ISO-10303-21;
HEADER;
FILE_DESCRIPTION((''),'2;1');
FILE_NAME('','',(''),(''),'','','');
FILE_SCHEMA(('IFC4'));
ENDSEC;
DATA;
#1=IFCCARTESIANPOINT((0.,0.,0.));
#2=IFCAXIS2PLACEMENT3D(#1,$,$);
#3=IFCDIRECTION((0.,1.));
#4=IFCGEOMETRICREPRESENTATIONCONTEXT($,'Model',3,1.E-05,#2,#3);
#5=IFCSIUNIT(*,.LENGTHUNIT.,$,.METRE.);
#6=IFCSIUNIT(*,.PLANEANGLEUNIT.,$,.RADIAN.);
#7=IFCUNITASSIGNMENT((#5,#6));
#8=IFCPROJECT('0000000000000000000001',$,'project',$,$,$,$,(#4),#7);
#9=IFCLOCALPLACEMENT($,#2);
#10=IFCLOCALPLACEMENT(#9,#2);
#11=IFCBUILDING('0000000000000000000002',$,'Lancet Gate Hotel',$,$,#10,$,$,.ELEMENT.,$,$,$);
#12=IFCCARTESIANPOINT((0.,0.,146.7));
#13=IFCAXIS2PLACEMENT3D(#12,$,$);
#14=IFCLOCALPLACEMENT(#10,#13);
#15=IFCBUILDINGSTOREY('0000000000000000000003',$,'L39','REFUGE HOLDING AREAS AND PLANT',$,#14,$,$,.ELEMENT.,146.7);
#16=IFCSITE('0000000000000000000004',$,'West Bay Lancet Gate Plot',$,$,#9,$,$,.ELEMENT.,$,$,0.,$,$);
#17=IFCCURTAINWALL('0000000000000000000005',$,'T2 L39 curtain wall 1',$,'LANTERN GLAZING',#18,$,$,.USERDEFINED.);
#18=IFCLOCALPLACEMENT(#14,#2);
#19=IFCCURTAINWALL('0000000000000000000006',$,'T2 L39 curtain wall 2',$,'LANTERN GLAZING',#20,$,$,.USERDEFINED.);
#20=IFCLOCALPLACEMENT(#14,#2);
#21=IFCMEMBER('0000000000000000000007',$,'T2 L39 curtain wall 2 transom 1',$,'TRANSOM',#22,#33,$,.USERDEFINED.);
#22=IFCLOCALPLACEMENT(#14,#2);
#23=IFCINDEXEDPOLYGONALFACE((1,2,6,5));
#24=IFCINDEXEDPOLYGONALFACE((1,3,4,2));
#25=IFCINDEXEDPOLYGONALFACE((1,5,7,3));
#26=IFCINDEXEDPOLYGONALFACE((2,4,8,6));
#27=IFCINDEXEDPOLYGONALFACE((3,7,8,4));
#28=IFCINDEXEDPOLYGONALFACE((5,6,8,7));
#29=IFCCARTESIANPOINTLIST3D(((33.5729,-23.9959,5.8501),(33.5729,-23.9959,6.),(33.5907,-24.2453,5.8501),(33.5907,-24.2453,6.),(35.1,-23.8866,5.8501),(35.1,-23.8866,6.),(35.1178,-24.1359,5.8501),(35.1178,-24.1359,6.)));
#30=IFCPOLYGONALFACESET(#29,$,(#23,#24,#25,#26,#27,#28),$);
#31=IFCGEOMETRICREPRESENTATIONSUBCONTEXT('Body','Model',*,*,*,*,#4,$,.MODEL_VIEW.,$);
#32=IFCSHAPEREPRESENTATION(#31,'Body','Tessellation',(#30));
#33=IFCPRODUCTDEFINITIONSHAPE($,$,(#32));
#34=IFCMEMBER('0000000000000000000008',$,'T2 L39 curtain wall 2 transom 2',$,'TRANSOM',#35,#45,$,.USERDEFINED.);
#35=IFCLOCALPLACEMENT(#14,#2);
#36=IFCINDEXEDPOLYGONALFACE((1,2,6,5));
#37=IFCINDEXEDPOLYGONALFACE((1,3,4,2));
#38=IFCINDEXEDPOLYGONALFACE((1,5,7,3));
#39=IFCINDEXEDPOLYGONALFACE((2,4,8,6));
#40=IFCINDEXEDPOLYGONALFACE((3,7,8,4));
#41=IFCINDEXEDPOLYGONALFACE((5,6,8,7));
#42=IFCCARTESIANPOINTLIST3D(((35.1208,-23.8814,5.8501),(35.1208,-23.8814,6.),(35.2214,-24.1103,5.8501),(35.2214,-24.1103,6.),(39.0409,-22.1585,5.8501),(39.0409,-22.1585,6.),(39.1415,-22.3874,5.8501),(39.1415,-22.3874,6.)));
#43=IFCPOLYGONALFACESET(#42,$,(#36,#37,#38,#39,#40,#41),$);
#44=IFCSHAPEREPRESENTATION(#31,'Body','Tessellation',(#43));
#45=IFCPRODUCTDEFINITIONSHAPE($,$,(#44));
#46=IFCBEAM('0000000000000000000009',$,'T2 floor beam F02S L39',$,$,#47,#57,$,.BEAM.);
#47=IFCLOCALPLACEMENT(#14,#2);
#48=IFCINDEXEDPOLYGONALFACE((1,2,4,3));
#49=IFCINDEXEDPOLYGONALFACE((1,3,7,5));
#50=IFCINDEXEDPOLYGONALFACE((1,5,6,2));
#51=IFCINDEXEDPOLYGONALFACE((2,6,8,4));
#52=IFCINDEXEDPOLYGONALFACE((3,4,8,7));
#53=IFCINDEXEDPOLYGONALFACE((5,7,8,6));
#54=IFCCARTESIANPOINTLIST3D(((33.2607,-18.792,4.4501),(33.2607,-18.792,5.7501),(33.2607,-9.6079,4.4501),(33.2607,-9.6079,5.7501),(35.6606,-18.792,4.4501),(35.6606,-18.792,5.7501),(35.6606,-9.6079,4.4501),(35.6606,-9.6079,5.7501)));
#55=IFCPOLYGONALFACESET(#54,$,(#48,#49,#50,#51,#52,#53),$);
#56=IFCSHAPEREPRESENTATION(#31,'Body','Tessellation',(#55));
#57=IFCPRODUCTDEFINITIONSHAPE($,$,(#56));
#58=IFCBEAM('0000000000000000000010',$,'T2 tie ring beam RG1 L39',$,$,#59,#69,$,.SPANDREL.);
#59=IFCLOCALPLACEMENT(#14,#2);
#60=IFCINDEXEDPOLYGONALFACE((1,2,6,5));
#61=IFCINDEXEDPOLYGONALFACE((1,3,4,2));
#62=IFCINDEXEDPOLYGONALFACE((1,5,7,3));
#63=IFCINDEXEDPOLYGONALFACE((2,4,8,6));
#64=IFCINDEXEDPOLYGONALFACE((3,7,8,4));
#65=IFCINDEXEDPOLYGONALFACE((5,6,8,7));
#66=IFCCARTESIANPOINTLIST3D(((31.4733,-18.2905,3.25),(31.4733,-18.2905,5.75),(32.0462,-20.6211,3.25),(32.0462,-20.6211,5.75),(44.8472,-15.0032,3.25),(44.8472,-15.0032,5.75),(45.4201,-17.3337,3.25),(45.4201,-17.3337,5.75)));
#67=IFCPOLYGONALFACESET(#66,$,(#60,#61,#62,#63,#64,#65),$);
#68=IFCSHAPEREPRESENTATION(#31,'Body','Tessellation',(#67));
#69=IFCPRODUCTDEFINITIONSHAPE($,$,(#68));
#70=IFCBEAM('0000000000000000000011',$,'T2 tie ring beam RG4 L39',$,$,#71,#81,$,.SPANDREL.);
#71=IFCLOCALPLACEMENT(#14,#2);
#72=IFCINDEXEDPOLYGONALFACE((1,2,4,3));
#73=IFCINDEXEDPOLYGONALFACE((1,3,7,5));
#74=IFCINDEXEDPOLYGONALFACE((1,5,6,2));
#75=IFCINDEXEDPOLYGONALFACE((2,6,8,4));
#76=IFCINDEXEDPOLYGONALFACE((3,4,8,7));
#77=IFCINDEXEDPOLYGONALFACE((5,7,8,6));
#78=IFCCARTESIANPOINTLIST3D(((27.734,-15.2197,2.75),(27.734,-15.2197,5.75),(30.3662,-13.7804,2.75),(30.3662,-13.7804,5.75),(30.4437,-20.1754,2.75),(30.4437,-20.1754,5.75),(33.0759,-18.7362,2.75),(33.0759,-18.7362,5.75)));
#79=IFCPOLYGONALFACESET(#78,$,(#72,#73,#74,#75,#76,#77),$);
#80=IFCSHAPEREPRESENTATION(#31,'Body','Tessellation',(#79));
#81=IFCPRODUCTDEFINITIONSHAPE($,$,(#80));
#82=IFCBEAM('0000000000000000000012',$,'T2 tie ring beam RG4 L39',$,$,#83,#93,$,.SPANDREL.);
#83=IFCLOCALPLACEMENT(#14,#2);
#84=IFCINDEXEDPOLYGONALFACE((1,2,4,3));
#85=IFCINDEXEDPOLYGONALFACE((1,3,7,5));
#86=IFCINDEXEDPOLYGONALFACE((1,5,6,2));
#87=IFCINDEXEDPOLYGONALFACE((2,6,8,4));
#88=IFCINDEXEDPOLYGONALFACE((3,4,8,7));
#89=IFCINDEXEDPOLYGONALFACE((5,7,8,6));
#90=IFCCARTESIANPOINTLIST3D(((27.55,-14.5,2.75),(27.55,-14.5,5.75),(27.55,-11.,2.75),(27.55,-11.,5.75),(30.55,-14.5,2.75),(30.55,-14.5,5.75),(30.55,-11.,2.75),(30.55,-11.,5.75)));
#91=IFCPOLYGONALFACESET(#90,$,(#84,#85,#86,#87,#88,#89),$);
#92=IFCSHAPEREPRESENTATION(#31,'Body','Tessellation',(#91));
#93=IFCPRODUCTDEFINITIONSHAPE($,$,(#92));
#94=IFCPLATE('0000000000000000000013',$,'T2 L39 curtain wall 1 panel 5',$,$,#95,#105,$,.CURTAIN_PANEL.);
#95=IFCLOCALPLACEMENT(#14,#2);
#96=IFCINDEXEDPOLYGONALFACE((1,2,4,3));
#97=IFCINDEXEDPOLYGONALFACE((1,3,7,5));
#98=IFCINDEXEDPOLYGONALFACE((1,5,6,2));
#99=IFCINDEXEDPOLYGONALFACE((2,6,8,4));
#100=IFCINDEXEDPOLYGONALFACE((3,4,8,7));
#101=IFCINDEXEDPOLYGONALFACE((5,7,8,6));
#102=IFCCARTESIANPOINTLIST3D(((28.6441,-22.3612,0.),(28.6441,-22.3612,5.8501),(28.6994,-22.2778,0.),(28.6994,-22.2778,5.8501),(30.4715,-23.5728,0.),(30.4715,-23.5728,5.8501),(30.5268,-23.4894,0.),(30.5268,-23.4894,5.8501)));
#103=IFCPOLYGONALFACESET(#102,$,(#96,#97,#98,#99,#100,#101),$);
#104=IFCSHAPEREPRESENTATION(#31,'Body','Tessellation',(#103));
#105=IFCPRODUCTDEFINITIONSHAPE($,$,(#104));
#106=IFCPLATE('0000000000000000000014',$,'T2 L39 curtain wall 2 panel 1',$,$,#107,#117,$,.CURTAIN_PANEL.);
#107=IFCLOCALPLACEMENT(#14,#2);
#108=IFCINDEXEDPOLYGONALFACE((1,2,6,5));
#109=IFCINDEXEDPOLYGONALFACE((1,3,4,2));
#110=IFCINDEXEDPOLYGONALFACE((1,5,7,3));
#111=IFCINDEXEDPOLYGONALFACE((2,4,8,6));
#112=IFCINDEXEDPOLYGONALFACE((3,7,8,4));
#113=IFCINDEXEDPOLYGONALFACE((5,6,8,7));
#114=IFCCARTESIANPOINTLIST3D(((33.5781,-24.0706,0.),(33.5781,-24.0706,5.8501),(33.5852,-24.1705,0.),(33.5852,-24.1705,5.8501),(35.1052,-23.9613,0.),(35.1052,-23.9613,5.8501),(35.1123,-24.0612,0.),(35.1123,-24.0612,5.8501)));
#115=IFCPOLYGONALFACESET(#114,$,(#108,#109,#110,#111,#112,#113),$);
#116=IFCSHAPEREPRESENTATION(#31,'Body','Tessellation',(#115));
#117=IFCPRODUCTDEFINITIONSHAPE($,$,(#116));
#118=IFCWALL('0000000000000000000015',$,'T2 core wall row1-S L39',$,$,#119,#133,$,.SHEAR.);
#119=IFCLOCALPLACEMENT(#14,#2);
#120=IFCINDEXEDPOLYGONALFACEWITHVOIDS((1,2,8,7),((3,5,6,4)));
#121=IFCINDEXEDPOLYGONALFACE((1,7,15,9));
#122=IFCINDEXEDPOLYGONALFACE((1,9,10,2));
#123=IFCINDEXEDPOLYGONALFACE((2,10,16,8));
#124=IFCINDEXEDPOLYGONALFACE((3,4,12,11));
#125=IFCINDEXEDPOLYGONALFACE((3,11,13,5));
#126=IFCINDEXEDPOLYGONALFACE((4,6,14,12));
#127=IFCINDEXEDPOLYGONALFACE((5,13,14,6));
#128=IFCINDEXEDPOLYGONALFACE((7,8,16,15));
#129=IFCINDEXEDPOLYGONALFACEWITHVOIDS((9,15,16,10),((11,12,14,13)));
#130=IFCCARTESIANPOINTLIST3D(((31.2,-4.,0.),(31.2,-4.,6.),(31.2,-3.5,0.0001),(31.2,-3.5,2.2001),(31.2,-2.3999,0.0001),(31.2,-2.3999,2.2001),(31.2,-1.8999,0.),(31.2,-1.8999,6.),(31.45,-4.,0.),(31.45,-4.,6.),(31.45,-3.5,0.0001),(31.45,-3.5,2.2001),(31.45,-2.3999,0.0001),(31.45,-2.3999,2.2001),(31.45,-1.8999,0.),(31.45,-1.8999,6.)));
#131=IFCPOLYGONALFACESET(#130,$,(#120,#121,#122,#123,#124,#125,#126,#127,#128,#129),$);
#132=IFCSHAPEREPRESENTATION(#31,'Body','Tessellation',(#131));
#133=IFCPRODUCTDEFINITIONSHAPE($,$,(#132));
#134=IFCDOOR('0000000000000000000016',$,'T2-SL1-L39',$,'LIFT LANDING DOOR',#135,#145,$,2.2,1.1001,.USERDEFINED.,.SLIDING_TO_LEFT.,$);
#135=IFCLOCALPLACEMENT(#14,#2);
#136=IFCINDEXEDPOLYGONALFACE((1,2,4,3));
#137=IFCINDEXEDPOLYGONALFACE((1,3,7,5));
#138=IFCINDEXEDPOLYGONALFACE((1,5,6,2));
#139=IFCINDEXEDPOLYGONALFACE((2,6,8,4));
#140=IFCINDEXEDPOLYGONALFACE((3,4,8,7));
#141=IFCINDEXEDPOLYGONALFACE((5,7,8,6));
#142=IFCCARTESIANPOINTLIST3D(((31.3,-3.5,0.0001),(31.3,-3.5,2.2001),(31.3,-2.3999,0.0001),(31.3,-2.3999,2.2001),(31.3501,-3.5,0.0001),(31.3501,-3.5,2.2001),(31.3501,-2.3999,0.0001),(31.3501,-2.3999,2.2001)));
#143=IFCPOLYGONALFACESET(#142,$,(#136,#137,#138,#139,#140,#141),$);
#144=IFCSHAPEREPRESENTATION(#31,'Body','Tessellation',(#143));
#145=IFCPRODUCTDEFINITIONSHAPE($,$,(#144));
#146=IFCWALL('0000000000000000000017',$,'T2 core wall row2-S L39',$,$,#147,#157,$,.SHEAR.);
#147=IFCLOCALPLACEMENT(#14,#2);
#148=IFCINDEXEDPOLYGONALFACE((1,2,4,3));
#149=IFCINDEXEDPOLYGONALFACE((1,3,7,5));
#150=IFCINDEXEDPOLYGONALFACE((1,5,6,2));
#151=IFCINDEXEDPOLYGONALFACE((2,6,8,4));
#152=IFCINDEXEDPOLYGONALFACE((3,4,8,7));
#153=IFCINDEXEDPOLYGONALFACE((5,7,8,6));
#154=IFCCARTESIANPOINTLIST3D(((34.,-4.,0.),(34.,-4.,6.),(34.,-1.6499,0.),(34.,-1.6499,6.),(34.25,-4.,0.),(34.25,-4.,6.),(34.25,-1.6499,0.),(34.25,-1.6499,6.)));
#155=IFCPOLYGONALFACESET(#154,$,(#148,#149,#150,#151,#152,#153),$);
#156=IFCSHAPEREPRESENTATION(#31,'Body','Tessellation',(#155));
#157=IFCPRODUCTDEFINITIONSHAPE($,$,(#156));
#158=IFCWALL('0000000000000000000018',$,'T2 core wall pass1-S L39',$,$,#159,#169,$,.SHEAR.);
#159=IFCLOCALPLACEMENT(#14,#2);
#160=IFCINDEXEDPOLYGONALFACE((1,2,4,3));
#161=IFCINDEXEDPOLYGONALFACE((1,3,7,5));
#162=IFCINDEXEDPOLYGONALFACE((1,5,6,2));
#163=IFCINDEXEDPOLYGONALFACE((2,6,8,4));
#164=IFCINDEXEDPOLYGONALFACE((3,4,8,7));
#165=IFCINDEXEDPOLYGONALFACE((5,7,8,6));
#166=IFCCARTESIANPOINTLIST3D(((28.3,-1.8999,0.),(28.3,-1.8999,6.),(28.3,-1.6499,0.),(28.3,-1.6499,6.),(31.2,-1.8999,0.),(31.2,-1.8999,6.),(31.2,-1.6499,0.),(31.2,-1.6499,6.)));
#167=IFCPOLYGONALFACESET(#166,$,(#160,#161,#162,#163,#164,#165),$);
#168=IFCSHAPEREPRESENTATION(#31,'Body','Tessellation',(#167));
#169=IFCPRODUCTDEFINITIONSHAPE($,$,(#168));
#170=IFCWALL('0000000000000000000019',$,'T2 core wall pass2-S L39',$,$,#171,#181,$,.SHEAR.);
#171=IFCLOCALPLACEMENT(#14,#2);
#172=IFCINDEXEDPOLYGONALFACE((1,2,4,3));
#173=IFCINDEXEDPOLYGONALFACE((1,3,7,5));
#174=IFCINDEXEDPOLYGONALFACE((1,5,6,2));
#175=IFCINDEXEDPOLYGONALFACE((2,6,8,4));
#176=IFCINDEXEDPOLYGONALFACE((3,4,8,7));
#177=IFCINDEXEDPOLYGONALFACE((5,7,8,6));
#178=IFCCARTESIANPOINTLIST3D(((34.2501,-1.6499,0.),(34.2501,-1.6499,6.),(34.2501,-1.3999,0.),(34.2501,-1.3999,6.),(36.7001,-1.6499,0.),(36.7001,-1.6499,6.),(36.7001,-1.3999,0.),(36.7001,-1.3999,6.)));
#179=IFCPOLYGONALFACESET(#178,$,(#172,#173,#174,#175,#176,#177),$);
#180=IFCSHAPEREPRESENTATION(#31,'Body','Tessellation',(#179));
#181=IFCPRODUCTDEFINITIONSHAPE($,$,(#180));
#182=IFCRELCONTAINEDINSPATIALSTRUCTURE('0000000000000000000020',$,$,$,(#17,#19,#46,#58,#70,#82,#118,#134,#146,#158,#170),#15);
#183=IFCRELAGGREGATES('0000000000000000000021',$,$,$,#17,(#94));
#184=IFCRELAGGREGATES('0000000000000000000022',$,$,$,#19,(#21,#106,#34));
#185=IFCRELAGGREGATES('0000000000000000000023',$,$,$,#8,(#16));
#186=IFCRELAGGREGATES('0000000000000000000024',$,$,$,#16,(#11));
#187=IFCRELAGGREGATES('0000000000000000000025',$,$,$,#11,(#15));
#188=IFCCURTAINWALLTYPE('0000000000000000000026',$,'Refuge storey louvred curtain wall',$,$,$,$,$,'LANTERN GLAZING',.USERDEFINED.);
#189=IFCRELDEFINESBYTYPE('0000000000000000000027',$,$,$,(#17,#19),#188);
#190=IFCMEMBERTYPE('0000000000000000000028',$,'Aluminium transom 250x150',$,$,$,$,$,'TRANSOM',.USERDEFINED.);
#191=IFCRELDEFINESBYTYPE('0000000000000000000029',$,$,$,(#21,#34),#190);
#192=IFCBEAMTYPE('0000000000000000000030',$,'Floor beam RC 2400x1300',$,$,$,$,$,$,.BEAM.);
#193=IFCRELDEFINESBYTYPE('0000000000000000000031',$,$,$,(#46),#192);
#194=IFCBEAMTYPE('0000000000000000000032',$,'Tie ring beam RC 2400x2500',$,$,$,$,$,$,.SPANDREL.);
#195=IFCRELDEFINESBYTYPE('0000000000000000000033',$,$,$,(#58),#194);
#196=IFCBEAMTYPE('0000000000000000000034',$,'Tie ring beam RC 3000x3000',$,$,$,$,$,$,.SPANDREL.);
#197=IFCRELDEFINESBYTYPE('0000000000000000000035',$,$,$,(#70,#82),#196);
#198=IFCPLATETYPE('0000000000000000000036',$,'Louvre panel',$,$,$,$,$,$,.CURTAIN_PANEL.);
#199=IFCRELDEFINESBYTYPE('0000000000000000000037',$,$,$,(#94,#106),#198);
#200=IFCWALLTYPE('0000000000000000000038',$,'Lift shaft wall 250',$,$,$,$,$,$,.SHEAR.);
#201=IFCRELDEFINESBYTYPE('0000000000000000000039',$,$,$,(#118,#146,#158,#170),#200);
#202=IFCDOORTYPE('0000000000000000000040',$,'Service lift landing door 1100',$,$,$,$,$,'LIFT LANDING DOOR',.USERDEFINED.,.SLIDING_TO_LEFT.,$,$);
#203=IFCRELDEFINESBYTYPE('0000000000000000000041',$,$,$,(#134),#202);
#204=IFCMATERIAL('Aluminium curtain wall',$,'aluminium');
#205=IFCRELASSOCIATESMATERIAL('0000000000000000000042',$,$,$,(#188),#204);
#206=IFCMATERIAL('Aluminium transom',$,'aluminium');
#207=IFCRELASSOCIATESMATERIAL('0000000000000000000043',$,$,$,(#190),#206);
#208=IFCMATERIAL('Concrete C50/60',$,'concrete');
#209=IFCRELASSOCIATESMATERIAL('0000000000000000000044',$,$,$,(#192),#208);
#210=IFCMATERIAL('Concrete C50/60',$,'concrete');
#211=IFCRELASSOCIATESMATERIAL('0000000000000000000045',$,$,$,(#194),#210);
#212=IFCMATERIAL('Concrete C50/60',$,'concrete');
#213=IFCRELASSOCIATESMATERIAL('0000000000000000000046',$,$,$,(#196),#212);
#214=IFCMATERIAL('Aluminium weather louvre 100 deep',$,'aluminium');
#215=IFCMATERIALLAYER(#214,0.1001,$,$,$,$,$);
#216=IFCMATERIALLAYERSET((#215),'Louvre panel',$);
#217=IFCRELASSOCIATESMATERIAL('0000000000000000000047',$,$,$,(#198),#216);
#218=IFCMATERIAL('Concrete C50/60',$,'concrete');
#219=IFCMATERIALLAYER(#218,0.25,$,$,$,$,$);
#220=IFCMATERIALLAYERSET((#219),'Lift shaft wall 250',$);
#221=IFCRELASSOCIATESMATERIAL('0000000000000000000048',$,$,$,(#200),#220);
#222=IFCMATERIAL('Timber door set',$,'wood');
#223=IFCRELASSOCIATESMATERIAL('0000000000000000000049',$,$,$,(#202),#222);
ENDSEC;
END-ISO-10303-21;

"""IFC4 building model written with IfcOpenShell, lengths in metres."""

from ifc_helpers import new_model, si_unit, direction, frame, frame_2d, origin, origin_2d, place, context, subcontext, project, spatial, rectangle, extrude, material, layer, layer_set, material_profile, profile_set, type_object, element, fill, aggregate, save


model = new_model("IFC4")

# Units and contexts
model_context = context("Model", 3, precision=1e-05, world=origin(), true_north=direction((0.0, 1.0)))
body_context = subcontext(model_context, "Body", "Model", "MODEL_VIEW")
ifc_project = project(units=[si_unit("LENGTHUNIT", "METRE"), si_unit("PLANEANGLEUNIT", "RADIAN")], contexts=[model_context])

# Site, building, storey
site_placement = place(None, origin())
site = spatial("IfcSite", under=ifc_project, at=site_placement, Name="West Bay Lancet Gate Plot", CompositionType="ELEMENT", RefElevation=0.0)
building_placement = place(site_placement, origin())
building = spatial("IfcBuilding", under=site, at=building_placement, Name="Lancet Gate Hotel", CompositionType="ELEMENT")
storey_placement = place(building_placement, frame((0.0, 0.0, 146.7)))
storey = spatial("IfcBuildingStorey", under=building, at=storey_placement, Name="L39", Description="REFUGE HOLDING AREAS AND PLANT", CompositionType="ELEMENT", Elevation=146.7)

# Curtain walls
ifc_material_1 = material(Name="Aluminium curtain wall", Category="aluminium")
curtain_wall_type = type_object("IfcCurtainWallType", Name="Refuge storey louvred curtain wall", ElementType="LANTERN GLAZING", PredefinedType="USERDEFINED", material=ifc_material_1)
curtain_wall_1_placement = place(storey_placement, origin())
curtain_wall_1 = element("IfcCurtainWall", 1, at=curtain_wall_1_placement, inside=storey, type_object=curtain_wall_type, Name="T2 L39 curtain wall 1", ObjectType="LANTERN GLAZING", PredefinedType="USERDEFINED")
curtain_wall_2_placement = place(storey_placement, origin())
curtain_wall_2 = element("IfcCurtainWall", 2, at=curtain_wall_2_placement, inside=storey, type_object=curtain_wall_type, Name="T2 L39 curtain wall 2", ObjectType="LANTERN GLAZING", PredefinedType="USERDEFINED")

# Members
ifc_material_2 = material(Name="Aluminium transom", Category="aluminium")
ifc_material_profile_1 = material_profile(ifc_material_2, rectangle(XDim=0.25, YDim=0.1499, at=origin_2d()), Name="TRANSOM 250x150")
ifc_profile_set_1 = profile_set([ifc_material_profile_1], Name="Aluminium transom")
member_type_1 = type_object("IfcMemberType", Name="Aluminium transom 250x150", ElementType="TRANSOM", PredefinedType="USERDEFINED", material=ifc_profile_set_1)
member_1_placement = place(storey_placement, frame((33.5818, -24.1206, 5.925), z_axis=(0.997445, 0.07144, 0.0), x_axis=(-0.07144, 0.997445, 0.0)))
member_1 = element("IfcMember", 3, at=member_1_placement, type_object=member_type_1, Name="T2 L39 curtain wall 2 transom 1", ObjectType="TRANSOM", PredefinedType="USERDEFINED", context=body_context, shape_type="SweptSolid", body=[
    extrude(rectangle(XDim=0.25, YDim=0.1499, at=origin_2d()), origin(), (0.0, 0.0, 1.0), 1.531),
])
member_2_placement = place(storey_placement, frame((35.1711, -23.9958, 5.925), z_axis=(0.915485, 0.402353, 0.0), x_axis=(-0.402353, 0.915485, 0.0)))
member_2 = element("IfcMember", 4, at=member_2_placement, type_object=member_type_1, Name="T2 L39 curtain wall 2 transom 2", ObjectType="TRANSOM", PredefinedType="USERDEFINED", context=body_context, shape_type="SweptSolid", body=[
    extrude(rectangle(XDim=0.25, YDim=0.1499, at=origin_2d()), origin(), (0.0, 0.0, 1.0), 4.282),
])

# Beams
ifc_material_3 = material(Name="Concrete C50/60", Category="concrete")
ifc_material_profile_2 = material_profile(ifc_material_3, rectangle(XDim=2.3999, YDim=1.3, at=origin_2d()), Name="RC 2400x1300")
ifc_profile_set_2 = profile_set([ifc_material_profile_2], Name="Concrete C50/60")
beam_type_1 = type_object("IfcBeamType", Name="Floor beam RC 2400x1300", PredefinedType="BEAM", material=ifc_profile_set_2)
beam_1_placement = place(storey_placement, frame((34.4607, -18.792, 5.1001), z_axis=(0.0, 1.0, 0.0), x_axis=(-1.0, 0.0, 0.0)))
element("IfcBeam", 5, at=beam_1_placement, inside=storey, type_object=beam_type_1, Name="T2 floor beam F02S L39", PredefinedType="BEAM", context=body_context, shape_type="SweptSolid", body=[
    extrude(rectangle(XDim=2.3999, YDim=1.3, at=origin_2d()), origin(), (0.0, 0.0, 1.0), 9.1841),
])
ifc_material_4 = material(Name="Concrete C50/60", Category="concrete")
ifc_material_profile_3 = material_profile(ifc_material_4, rectangle(XDim=2.3999, YDim=2.5, at=origin_2d()), Name="RC 2400x2500")
ifc_profile_set_3 = profile_set([ifc_material_profile_3], Name="Concrete C50/60")
beam_type_2 = type_object("IfcBeamType", Name="Tie ring beam RC 2400x2500", PredefinedType="SPANDREL", material=ifc_profile_set_3)
beam_2_placement = place(storey_placement, frame((31.7598, -19.4558, 4.5), z_axis=(0.971093, 0.2387, 0.0), x_axis=(-0.2387, 0.971093, 0.0)))
element("IfcBeam", 6, at=beam_2_placement, inside=storey, type_object=beam_type_2, Name="T2 tie ring beam RG1 L39", PredefinedType="SPANDREL", context=body_context, shape_type="SweptSolid", body=[
    extrude(rectangle(XDim=2.3999, YDim=2.5, at=origin_2d()), origin(), (0.0, 0.0, 1.0), 13.772),
])
ifc_material_5 = material(Name="Concrete C50/60", Category="concrete")
ifc_material_profile_4 = material_profile(ifc_material_5, rectangle(XDim=3.0, YDim=3.0, at=origin_2d()), Name="RC 3000x3000")
ifc_profile_set_4 = profile_set([ifc_material_profile_4], Name="Concrete C50/60")
beam_type_3 = type_object("IfcBeamType", Name="Tie ring beam RC 3000x3000", PredefinedType="SPANDREL", material=ifc_profile_set_4)
beam_3_placement = place(storey_placement, frame((31.7598, -19.4558, 4.25), z_axis=(-0.479745, 0.877408, 0.0), x_axis=(-0.877408, -0.479745, 0.0)))
element("IfcBeam", 7, at=beam_3_placement, inside=storey, type_object=beam_type_3, Name="T2 tie ring beam RG4 L39", PredefinedType="SPANDREL", context=body_context, shape_type="SweptSolid", body=[
    extrude(rectangle(XDim=3.0, YDim=3.0, at=origin_2d()), origin(), (0.0, 0.0, 1.0), 5.6482),
])
beam_4_placement = place(storey_placement, frame((29.05, -14.5, 4.25), z_axis=(0.0, 1.0, 0.0), x_axis=(-1.0, 0.0, 0.0)))
element("IfcBeam", 8, at=beam_4_placement, inside=storey, type_object=beam_type_3, Name="T2 tie ring beam RG4 L39", PredefinedType="SPANDREL", context=body_context, shape_type="SweptSolid", body=[
    extrude(rectangle(XDim=3.0, YDim=3.0, at=origin_2d()), origin(), (0.0, 0.0, 1.0), 3.5),
])

# Plates
ifc_material_6 = material(Name="Aluminium weather louvre 100 deep", Category="aluminium")
ifc_layer_1 = layer(ifc_material_6, 0.1001)
ifc_layer_set_1 = layer_set([ifc_layer_1], Name="Louvre panel")
plate_type = type_object("IfcPlateType", Name="Louvre panel", PredefinedType="CURTAIN_PANEL", material=ifc_layer_set_1)
plate_1_placement = place(storey_placement, frame((29.5854, -22.9253, 0.0), z_axis=(0.0, 0.0, 1.0), x_axis=(0.833465, -0.552573, 0.0)))
plate_1 = element("IfcPlate", 9, at=plate_1_placement, type_object=plate_type, Name="T2 L39 curtain wall 1 panel 5", PredefinedType="CURTAIN_PANEL", context=body_context, shape_type="SweptSolid", body=[
    extrude(rectangle(XDim=2.1926, YDim=0.1001, at=origin_2d()), origin(), (0.0, 0.0, 1.0), 5.8501),
])
aggregate(curtain_wall_1, [plate_1])
plate_2_placement = place(storey_placement, frame((34.3452, -24.0659, 0.0), z_axis=(0.0, 0.0, 1.0), x_axis=(0.997448, 0.07139, 0.0)))
plate_2 = element("IfcPlate", 10, at=plate_2_placement, type_object=plate_type, Name="T2 L39 curtain wall 2 panel 1", PredefinedType="CURTAIN_PANEL", context=body_context, shape_type="SweptSolid", body=[
    extrude(rectangle(XDim=1.531, YDim=0.1001, at=origin_2d()), origin(), (0.0, 0.0, 1.0), 5.8501),
])
aggregate(curtain_wall_2, [member_1, plate_2, member_2])

# Wall, opening, door
ifc_material_7 = material(Name="Concrete C50/60", Category="concrete")
ifc_layer_2 = layer(ifc_material_7, 0.25)
ifc_layer_set_2 = layer_set([ifc_layer_2], Name="Lift shaft wall 250")
wall_type_1 = type_object("IfcWallType", Name="Lift shaft wall 250", PredefinedType="SHEAR", material=ifc_layer_set_2)
wall_1_placement = place(storey_placement, frame((31.325, -4.0, 0.0), z_axis=(0.0, 0.0, 1.0), x_axis=(0.0, 1.0, 0.0)))
wall_1 = element("IfcWall", 11, at=wall_1_placement, inside=storey, type_object=wall_type_1, Name="T2 core wall row1-S L39", PredefinedType="SHEAR", context=body_context, shape_type="SweptSolid", body=[
    extrude(rectangle(XDim=2.1001, YDim=0.25, at=frame_2d((1.05, 0.0))), origin(), (0.0, 0.0, 1.0), 6.0),
])
opening_placement = place(wall_1_placement, frame((0.5, 0.0, 0.0)))
opening = element("IfcOpeningElement", 12, at=opening_placement, cuts=wall_1, PredefinedType="OPENING", context=body_context, shape_type="SweptSolid", body=[
    extrude(rectangle(XDim=1.1001, YDim=2.2, at=frame_2d((0.55, 1.1001))), frame((0.0, 0.135, 0.0), z_axis=(0.0, -1.0, 0.0), x_axis=(1.0, 0.0, 0.0)), (0.0, 0.0, 1.0), 0.27),
])
ifc_material_8 = material(Name="Timber door set", Category="wood")
door_type = type_object("IfcDoorType", Name="Service lift landing door 1100", ElementType="LIFT LANDING DOOR", OperationType="SLIDING_TO_LEFT", PredefinedType="USERDEFINED", material=ifc_material_8)
door_placement = place(opening_placement, origin())
door = element("IfcDoor", 13, at=door_placement, inside=storey, type_object=door_type, Name="T2-SL1-L39", ObjectType="LIFT LANDING DOOR", OperationType="SLIDING_TO_LEFT", OverallHeight=2.2, OverallWidth=1.1001, PredefinedType="USERDEFINED", context=body_context, shape_type="SweptSolid", body=[
    extrude(rectangle(XDim=1.1001, YDim=2.2, at=frame_2d((0.55, 1.1001))), frame((0.0, 0.0249, 0.0), z_axis=(0.0, -1.0, 0.0), x_axis=(1.0, 0.0, 0.0)), (0.0, 0.0, 1.0), 0.05),
])
fill(opening, door)

# Walls
wall_2_placement = place(storey_placement, frame((34.125, -4.0, 0.0), z_axis=(0.0, 0.0, 1.0), x_axis=(0.0, 1.0, 0.0)))
element("IfcWall", 14, at=wall_2_placement, inside=storey, type_object=wall_type_1, Name="T2 core wall row2-S L39", PredefinedType="SHEAR", context=body_context, shape_type="SweptSolid", body=[
    extrude(rectangle(XDim=2.3501, YDim=0.25, at=frame_2d((1.175, 0.0))), origin(), (0.0, 0.0, 1.0), 6.0),
])
wall_3_placement = place(storey_placement, frame((28.3, -1.7749, 0.0), z_axis=(0.0, 0.0, 1.0), x_axis=(1.0, 0.0, 0.0)))
element("IfcWall", 15, at=wall_3_placement, inside=storey, type_object=wall_type_1, Name="T2 core wall pass1-S L39", PredefinedType="SHEAR", context=body_context, shape_type="SweptSolid", body=[
    extrude(rectangle(XDim=2.8999, YDim=0.25, at=frame_2d((1.45, 0.0))), origin(), (0.0, 0.0, 1.0), 6.0),
])
wall_4_placement = place(storey_placement, frame((34.25, -1.5249, 0.0), z_axis=(0.0, 0.0, 1.0), x_axis=(1.0, 0.0, 0.0)))
element("IfcWall", 16, at=wall_4_placement, inside=storey, type_object=wall_type_1, Name="T2 core wall pass2-S L39", PredefinedType="SHEAR", context=body_context, shape_type="SweptSolid", body=[
    extrude(rectangle(XDim=2.45, YDim=0.25, at=frame_2d((1.2251, 0.0))), origin(), (0.0, 0.0, 1.0), 6.0),
])

save(model, "model.ifc")
